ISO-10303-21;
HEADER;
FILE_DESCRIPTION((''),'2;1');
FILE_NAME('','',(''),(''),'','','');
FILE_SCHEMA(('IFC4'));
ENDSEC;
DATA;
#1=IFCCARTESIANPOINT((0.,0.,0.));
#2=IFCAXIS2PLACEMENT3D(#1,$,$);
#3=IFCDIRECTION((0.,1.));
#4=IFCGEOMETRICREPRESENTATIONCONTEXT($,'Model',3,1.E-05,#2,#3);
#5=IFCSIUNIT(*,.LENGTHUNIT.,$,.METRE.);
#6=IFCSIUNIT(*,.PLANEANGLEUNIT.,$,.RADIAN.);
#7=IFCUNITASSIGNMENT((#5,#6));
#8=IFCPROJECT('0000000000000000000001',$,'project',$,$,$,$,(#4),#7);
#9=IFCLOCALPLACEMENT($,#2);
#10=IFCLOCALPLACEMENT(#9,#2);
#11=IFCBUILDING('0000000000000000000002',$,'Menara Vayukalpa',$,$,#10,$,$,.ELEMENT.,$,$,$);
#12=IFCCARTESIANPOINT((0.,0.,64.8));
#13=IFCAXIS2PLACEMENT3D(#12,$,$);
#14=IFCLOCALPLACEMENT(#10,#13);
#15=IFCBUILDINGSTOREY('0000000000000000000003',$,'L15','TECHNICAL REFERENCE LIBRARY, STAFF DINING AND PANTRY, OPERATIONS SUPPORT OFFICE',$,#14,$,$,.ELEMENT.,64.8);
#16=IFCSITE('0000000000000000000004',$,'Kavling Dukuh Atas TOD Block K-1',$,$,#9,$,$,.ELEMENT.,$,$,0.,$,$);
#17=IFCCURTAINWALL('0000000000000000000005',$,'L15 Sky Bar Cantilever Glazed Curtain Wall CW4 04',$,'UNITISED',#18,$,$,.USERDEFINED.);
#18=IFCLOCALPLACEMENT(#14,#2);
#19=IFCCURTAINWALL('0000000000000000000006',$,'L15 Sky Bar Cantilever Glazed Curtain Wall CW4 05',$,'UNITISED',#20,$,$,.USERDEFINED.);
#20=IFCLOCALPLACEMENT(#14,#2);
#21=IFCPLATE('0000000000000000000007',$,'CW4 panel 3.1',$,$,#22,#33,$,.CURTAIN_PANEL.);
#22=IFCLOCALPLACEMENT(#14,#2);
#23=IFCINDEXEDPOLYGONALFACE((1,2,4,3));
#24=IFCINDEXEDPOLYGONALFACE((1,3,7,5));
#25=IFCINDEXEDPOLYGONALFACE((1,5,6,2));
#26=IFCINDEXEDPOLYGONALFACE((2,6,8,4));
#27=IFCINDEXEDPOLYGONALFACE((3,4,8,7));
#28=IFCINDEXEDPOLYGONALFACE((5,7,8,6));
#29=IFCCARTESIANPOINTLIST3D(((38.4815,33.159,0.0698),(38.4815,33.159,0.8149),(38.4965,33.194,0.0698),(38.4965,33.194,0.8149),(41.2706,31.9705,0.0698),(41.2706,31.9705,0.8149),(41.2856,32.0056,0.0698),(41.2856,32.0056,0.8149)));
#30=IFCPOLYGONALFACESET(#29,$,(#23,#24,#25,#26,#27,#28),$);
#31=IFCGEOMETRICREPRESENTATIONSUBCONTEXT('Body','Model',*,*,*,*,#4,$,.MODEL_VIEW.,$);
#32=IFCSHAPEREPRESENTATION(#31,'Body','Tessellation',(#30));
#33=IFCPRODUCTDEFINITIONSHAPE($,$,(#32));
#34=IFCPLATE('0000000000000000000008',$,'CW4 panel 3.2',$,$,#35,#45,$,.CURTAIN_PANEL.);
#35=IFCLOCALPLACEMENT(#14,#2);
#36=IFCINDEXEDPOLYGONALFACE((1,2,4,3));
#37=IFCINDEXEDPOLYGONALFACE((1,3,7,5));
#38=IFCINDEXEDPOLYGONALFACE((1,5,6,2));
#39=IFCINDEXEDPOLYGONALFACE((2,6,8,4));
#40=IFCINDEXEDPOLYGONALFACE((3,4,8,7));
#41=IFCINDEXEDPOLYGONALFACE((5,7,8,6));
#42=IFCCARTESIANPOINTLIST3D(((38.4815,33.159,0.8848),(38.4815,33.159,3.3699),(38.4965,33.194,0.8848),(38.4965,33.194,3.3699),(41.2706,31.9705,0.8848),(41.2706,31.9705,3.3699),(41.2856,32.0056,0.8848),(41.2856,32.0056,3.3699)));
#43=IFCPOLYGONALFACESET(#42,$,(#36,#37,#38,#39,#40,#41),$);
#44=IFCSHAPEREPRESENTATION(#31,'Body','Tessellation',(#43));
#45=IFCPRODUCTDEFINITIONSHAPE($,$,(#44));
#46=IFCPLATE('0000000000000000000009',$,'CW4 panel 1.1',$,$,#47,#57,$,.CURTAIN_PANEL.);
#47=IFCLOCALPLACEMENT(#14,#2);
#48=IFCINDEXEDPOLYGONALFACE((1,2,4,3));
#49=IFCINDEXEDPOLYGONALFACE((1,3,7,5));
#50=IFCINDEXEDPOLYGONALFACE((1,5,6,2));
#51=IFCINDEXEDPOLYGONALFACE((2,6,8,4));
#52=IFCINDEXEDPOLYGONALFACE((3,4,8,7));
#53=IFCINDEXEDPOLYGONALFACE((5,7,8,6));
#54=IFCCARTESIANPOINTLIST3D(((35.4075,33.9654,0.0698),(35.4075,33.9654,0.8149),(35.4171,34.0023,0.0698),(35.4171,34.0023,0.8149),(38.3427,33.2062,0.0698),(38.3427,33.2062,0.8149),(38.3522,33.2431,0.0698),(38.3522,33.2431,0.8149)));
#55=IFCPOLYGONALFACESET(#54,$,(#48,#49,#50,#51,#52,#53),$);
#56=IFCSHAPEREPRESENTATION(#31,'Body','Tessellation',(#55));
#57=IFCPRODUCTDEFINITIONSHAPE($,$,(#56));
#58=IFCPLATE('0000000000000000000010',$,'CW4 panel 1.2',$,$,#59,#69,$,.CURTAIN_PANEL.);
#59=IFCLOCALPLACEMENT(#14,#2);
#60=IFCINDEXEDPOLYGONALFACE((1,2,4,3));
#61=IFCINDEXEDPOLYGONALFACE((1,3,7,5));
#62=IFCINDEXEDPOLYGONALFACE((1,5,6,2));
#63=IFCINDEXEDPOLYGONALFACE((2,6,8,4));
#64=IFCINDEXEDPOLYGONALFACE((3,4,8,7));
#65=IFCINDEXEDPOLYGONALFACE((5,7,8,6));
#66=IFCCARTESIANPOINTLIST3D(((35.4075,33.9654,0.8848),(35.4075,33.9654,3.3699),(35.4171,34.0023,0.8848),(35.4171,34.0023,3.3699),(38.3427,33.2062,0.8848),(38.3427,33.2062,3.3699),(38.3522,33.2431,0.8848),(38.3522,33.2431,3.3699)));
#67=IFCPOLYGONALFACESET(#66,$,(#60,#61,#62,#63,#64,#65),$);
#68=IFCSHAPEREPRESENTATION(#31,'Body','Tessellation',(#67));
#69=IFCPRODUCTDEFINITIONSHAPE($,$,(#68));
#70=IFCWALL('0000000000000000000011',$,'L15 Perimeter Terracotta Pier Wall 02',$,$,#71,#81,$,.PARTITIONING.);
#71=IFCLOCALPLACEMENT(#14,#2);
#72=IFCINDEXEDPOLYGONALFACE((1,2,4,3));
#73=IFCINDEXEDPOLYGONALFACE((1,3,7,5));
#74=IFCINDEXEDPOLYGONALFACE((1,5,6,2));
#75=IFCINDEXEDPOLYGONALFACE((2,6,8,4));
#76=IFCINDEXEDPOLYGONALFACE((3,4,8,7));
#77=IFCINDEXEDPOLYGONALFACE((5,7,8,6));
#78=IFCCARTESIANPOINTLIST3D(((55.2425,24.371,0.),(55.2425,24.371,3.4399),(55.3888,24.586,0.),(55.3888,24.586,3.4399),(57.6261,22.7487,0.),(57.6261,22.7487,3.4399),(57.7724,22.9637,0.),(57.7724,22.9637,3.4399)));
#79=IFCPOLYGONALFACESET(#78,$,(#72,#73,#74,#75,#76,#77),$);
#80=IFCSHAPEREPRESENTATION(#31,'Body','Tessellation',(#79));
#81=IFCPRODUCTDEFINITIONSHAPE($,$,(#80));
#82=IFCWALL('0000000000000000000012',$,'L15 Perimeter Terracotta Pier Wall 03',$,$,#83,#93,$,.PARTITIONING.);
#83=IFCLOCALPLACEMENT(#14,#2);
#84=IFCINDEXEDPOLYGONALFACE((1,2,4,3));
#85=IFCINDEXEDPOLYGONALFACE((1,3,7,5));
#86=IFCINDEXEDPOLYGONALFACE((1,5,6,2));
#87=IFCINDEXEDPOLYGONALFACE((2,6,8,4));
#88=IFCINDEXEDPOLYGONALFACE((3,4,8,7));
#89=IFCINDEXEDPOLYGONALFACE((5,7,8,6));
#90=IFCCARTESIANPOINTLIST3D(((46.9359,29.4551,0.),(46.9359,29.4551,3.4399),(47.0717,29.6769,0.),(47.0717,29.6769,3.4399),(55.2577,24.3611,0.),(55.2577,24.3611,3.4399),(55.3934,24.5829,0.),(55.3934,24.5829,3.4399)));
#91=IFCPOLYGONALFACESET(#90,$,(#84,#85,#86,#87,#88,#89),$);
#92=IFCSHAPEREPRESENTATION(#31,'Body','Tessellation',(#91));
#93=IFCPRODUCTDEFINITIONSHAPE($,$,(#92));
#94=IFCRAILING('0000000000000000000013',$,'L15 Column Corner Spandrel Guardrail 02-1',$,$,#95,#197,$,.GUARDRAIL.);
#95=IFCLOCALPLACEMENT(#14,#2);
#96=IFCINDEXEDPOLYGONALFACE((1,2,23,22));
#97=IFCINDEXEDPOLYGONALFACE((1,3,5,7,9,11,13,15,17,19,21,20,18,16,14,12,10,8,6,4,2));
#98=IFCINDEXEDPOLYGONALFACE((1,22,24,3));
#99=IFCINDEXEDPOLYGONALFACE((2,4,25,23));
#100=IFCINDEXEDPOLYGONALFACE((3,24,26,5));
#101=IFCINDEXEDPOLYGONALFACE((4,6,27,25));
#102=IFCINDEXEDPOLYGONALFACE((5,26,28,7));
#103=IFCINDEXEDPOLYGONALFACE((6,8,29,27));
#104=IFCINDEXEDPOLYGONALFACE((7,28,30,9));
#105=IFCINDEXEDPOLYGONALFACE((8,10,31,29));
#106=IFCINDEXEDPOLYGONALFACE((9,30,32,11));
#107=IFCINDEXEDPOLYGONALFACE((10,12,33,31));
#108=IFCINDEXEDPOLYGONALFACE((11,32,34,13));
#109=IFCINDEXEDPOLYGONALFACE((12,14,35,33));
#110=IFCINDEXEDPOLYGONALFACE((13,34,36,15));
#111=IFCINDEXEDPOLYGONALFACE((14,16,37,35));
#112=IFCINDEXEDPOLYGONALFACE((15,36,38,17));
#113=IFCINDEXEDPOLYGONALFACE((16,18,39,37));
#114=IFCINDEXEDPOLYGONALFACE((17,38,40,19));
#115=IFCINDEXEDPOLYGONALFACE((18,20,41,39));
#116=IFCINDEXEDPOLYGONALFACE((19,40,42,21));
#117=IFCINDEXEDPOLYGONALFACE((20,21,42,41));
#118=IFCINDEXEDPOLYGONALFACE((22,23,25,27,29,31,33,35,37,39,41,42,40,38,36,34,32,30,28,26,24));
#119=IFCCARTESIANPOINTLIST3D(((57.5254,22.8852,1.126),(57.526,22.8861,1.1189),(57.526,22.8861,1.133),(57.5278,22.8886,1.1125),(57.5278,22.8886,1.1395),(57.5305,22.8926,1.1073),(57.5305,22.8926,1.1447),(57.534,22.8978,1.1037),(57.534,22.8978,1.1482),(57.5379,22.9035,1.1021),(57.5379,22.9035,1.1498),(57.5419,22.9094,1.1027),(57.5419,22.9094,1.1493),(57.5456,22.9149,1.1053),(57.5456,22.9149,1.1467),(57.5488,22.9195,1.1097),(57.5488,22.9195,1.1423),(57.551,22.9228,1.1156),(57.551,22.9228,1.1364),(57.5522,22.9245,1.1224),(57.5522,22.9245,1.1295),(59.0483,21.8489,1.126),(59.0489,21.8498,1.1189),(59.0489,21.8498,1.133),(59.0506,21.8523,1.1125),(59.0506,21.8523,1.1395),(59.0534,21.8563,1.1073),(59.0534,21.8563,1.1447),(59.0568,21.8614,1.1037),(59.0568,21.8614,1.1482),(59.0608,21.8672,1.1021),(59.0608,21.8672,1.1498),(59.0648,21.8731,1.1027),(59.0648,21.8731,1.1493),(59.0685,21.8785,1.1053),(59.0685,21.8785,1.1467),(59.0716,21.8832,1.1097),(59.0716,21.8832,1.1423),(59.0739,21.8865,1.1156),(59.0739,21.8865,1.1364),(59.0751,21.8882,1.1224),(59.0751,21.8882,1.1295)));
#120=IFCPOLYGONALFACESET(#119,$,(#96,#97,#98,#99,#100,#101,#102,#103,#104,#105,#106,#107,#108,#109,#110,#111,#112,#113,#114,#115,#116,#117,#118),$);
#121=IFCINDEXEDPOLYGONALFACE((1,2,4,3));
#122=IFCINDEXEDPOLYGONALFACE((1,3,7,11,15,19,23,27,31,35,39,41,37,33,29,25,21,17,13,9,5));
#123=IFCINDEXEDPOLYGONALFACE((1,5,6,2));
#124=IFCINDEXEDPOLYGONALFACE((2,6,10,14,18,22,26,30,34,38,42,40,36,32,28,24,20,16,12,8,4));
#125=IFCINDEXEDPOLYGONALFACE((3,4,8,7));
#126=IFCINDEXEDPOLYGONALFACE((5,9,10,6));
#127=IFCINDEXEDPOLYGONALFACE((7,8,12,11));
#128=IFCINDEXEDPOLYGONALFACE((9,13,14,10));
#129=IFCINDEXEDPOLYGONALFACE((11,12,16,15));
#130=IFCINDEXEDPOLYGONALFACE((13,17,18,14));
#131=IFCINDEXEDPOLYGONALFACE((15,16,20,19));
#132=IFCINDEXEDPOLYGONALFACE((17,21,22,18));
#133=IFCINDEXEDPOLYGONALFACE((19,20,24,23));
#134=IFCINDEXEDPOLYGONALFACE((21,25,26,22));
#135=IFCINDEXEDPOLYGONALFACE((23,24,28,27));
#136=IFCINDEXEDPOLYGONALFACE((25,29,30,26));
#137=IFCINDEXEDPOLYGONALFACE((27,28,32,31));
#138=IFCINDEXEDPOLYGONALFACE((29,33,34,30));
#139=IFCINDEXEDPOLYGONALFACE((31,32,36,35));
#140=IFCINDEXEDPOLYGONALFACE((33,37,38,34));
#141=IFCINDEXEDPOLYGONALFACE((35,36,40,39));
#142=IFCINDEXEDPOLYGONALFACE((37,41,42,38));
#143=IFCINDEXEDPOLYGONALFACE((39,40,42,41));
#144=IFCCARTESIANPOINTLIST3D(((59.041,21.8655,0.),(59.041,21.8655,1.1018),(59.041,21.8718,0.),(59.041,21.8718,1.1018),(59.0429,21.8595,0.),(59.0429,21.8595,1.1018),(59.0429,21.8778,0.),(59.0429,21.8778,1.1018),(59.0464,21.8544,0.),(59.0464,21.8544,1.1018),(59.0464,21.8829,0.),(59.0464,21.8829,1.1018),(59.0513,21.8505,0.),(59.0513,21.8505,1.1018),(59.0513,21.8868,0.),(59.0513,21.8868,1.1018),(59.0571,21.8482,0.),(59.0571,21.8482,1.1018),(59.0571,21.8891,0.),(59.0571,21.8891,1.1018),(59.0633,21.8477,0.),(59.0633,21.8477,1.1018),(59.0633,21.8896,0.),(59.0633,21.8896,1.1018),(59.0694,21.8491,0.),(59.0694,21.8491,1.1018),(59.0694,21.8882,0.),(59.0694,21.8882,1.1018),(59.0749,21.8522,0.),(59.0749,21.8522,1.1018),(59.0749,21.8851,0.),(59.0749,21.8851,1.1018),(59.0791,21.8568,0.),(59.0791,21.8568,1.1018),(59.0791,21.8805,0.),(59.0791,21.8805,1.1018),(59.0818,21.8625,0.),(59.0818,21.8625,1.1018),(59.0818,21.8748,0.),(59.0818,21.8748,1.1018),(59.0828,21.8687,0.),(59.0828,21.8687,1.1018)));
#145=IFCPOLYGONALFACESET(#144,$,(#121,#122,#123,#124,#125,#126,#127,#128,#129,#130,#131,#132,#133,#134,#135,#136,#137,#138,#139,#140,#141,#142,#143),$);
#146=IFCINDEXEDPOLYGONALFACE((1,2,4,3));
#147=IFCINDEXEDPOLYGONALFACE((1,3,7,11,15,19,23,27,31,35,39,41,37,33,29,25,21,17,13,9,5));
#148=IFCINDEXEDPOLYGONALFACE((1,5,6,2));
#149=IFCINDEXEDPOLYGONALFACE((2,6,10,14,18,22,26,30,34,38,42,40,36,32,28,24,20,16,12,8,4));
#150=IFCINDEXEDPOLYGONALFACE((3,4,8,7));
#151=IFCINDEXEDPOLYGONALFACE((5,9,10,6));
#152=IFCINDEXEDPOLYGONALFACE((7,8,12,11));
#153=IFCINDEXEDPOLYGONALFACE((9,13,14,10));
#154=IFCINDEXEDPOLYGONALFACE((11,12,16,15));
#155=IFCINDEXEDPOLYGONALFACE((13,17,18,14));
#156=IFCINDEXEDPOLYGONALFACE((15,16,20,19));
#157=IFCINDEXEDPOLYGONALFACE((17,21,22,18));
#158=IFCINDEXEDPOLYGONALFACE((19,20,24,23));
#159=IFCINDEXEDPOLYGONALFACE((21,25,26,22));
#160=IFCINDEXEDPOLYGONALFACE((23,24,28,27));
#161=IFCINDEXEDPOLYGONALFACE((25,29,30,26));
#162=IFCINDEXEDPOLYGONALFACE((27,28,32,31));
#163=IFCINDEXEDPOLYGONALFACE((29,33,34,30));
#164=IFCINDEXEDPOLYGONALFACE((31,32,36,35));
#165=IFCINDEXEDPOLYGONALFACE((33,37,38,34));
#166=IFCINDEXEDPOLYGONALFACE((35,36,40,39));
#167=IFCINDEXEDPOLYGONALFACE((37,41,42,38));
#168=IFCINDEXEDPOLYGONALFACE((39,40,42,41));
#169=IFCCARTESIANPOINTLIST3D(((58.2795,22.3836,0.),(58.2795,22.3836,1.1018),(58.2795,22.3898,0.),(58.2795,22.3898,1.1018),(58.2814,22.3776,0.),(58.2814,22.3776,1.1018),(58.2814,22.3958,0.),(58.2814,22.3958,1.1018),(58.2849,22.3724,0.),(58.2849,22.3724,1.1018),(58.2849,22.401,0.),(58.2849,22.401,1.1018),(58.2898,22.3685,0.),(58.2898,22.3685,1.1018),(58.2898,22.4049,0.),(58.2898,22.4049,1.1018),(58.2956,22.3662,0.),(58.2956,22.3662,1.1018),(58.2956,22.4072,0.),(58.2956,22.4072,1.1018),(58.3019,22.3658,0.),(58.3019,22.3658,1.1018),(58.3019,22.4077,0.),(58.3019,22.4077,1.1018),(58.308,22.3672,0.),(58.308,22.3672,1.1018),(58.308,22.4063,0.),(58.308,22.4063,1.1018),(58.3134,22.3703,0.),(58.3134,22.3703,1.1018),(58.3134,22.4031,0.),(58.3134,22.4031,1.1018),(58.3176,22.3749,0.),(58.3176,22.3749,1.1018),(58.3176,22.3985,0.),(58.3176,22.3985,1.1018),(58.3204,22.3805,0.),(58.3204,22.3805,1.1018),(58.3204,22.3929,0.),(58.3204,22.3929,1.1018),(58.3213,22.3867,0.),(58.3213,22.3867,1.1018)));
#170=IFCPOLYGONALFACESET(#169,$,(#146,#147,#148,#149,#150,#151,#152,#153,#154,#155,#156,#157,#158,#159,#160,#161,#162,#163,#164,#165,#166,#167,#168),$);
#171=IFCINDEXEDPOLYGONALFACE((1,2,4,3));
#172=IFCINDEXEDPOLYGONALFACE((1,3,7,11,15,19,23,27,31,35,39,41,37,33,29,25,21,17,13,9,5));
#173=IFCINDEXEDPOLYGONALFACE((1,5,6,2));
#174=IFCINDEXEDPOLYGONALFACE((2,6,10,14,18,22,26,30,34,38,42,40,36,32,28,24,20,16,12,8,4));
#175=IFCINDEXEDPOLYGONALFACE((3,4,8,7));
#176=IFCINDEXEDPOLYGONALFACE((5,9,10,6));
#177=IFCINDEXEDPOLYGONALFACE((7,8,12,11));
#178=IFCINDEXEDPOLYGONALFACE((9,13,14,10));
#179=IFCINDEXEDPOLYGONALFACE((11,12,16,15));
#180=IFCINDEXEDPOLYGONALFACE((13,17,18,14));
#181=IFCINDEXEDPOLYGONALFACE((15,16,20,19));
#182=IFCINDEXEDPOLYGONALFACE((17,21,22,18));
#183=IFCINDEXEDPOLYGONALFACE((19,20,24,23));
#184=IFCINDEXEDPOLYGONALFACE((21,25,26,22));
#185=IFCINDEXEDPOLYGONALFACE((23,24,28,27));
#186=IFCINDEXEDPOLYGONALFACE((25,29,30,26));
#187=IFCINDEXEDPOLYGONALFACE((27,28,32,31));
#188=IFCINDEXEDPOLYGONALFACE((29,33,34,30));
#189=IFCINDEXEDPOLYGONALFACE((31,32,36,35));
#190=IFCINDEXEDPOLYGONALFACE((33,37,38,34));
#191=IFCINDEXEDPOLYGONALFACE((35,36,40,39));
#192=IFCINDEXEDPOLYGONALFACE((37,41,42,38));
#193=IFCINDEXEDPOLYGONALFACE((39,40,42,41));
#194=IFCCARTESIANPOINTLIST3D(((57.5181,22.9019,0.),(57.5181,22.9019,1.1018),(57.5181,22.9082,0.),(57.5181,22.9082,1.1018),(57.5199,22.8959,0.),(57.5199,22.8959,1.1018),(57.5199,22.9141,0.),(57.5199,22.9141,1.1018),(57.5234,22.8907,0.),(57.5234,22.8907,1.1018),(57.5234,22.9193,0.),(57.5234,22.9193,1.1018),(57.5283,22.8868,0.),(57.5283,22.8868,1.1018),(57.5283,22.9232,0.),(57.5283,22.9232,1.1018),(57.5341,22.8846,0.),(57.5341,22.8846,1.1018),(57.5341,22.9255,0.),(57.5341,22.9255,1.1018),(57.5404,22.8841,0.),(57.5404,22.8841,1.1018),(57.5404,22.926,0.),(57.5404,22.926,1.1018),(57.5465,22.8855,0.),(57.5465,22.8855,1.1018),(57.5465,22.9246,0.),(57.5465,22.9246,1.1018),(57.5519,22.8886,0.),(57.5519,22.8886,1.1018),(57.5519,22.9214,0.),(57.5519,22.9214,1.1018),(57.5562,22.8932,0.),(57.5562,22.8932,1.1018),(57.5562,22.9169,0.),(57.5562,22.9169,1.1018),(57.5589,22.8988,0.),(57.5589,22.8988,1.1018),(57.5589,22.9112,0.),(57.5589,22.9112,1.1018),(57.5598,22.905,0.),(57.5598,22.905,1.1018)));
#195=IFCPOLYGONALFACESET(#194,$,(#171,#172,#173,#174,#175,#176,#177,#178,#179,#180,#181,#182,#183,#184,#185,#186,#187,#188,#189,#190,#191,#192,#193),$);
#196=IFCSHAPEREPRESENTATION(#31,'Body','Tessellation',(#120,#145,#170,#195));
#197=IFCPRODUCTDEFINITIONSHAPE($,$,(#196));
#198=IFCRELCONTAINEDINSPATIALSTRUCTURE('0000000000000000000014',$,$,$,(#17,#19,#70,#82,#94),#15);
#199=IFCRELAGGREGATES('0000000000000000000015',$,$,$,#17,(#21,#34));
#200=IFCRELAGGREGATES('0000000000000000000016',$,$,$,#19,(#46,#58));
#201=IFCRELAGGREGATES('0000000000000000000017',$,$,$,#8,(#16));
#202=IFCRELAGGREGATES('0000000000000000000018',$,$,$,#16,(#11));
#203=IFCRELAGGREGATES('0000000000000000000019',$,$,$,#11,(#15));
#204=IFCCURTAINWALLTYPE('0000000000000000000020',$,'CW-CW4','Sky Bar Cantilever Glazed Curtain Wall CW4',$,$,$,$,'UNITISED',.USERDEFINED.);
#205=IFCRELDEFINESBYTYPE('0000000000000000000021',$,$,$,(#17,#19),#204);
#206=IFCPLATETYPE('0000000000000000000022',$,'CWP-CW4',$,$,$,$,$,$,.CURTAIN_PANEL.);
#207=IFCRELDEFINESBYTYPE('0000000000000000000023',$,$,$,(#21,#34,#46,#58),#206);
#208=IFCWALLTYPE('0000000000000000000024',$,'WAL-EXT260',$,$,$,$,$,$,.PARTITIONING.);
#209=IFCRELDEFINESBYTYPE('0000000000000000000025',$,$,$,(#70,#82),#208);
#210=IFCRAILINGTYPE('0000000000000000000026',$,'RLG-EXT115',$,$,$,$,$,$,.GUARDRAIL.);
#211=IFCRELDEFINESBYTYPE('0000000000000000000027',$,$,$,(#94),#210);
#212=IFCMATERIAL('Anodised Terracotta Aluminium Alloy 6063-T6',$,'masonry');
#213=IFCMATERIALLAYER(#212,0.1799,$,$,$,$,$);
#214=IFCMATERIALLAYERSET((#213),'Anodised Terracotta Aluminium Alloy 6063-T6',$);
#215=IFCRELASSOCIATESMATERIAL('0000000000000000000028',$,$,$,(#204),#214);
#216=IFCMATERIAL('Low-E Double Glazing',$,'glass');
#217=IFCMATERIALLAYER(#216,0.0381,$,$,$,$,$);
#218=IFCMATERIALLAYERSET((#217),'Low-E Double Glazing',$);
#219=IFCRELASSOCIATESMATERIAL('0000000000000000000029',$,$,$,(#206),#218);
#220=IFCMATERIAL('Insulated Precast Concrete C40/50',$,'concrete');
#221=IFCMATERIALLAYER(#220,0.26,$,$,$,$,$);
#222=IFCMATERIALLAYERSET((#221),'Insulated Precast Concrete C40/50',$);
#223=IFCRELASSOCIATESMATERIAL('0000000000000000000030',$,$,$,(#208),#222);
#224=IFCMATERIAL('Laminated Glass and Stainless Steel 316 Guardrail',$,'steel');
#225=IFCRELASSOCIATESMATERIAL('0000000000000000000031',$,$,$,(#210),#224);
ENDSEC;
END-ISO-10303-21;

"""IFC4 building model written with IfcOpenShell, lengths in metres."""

from ifc_helpers import new_model, si_unit, direction, frame, frame_2d, origin, origin_2d, place, context, subcontext, project, spatial, rectangle, circle, extrude, material, layer, layer_set, type_object, element, aggregate, save


model = new_model("IFC4")

# Units and contexts
model_context = context("Model", 3, precision=1e-05, world=origin(), true_north=direction((0.0, 1.0)))
body_context = subcontext(model_context, "Body", "Model", "MODEL_VIEW")
ifc_project = project(units=[si_unit("LENGTHUNIT", "METRE"), si_unit("PLANEANGLEUNIT", "RADIAN")], contexts=[model_context])

# Site, building, storey
site_placement = place(None, origin())
site = spatial("IfcSite", under=ifc_project, at=site_placement, Name="Kavling Dukuh Atas TOD Block K-1", CompositionType="ELEMENT", RefElevation=0.0)
building_placement = place(site_placement, origin())
building = spatial("IfcBuilding", under=site, at=building_placement, Name="Menara Vayukalpa", CompositionType="ELEMENT")
storey_placement = place(building_placement, frame((0.0, 0.0, 64.8)))
storey = spatial("IfcBuildingStorey", under=building, at=storey_placement, Name="L15", Description="TECHNICAL REFERENCE LIBRARY, STAFF DINING AND PANTRY, OPERATIONS SUPPORT OFFICE", CompositionType="ELEMENT", Elevation=64.8)

# Curtain walls
ifc_material_1 = material(Name="Anodised Terracotta Aluminium Alloy 6063-T6", Category="masonry")
ifc_layer_1 = layer(ifc_material_1, 0.1799)
ifc_layer_set_1 = layer_set([ifc_layer_1], Name="Anodised Terracotta Aluminium Alloy 6063-T6")
curtain_wall_type = type_object("IfcCurtainWallType", Name="CW-CW4", Description="Sky Bar Cantilever Glazed Curtain Wall CW4", ElementType="UNITISED", PredefinedType="USERDEFINED", material=ifc_layer_set_1)
curtain_wall_1_placement = place(storey_placement, origin())
curtain_wall_1 = element("IfcCurtainWall", 1, at=curtain_wall_1_placement, inside=storey, type_object=curtain_wall_type, Name="L15 Sky Bar Cantilever Glazed Curtain Wall CW4 04", ObjectType="UNITISED", PredefinedType="USERDEFINED")
curtain_wall_2_placement = place(storey_placement, origin())
curtain_wall_2 = element("IfcCurtainWall", 2, at=curtain_wall_2_placement, inside=storey, type_object=curtain_wall_type, Name="L15 Sky Bar Cantilever Glazed Curtain Wall CW4 05", ObjectType="UNITISED", PredefinedType="USERDEFINED")

# Plates
ifc_material_2 = material(Name="Low-E Double Glazing", Category="glass")
ifc_layer_2 = layer(ifc_material_2, 0.0381)
ifc_layer_set_2 = layer_set([ifc_layer_2], Name="Low-E Double Glazing")
plate_type = type_object("IfcPlateType", Name="CWP-CW4", PredefinedType="CURTAIN_PANEL", material=ifc_layer_set_2)
plate_1_placement = place(storey_placement, frame((39.8835, 32.5823, 0.0698), z_axis=(0.0, 0.0, 1.0), x_axis=(-0.919962, 0.392008, 0.0)))
plate_1 = element("IfcPlate", 3, at=plate_1_placement, type_object=plate_type, Name="CW4 panel 3.1", PredefinedType="CURTAIN_PANEL", context=body_context, shape_type="SweptSolid", body=[
    extrude(rectangle(XDim=3.0317, YDim=0.0381, at=origin_2d()), origin(), (0.0, 0.0, 1.0), 0.7451),
])
plate_2_placement = place(storey_placement, frame((39.8835, 32.5823, 0.8848), z_axis=(0.0, 0.0, 1.0), x_axis=(-0.919962, 0.392008, 0.0)))
plate_2 = element("IfcPlate", 4, at=plate_2_placement, type_object=plate_type, Name="CW4 panel 3.2", PredefinedType="CURTAIN_PANEL", context=body_context, shape_type="SweptSolid", body=[
    extrude(rectangle(XDim=3.0317, YDim=0.0381, at=origin_2d()), origin(), (0.0, 0.0, 1.0), 2.4851),
])
aggregate(curtain_wall_1, [plate_1, plate_2])
plate_3_placement = place(storey_placement, frame((36.8799, 33.6042, 0.0698), z_axis=(0.0, 0.0, 1.0), x_axis=(-0.968142, 0.250403, 0.0)))
plate_3 = element("IfcPlate", 5, at=plate_3_placement, type_object=plate_type, Name="CW4 panel 1.1", PredefinedType="CURTAIN_PANEL", context=body_context, shape_type="SweptSolid", body=[
    extrude(rectangle(XDim=3.0317, YDim=0.0381, at=origin_2d()), origin(), (0.0, 0.0, 1.0), 0.7451),
])
plate_4_placement = place(storey_placement, frame((36.8799, 33.6042, 0.8848), z_axis=(0.0, 0.0, 1.0), x_axis=(-0.968142, 0.250403, 0.0)))
plate_4 = element("IfcPlate", 6, at=plate_4_placement, type_object=plate_type, Name="CW4 panel 1.2", PredefinedType="CURTAIN_PANEL", context=body_context, shape_type="SweptSolid", body=[
    extrude(rectangle(XDim=3.0317, YDim=0.0381, at=origin_2d()), origin(), (0.0, 0.0, 1.0), 2.4851),
])
aggregate(curtain_wall_2, [plate_3, plate_4])

# Walls
ifc_material_3 = material(Name="Insulated Precast Concrete C40/50", Category="concrete")
ifc_layer_3 = layer(ifc_material_3, 0.26)
ifc_layer_set_3 = layer_set([ifc_layer_3], Name="Insulated Precast Concrete C40/50")
wall_type = type_object("IfcWallType", Name="WAL-EXT260", PredefinedType="PARTITIONING", material=ifc_layer_set_3)
wall_1_placement = place(storey_placement, frame((55.3157, 24.4785, 0.0), z_axis=(0.0, 0.0, 1.0), x_axis=(0.826684, -0.562667, 0.0)))
element("IfcWall", 7, at=wall_1_placement, inside=storey, type_object=wall_type, Name="L15 Perimeter Terracotta Pier Wall 02", PredefinedType="PARTITIONING", context=body_context, shape_type="SweptSolid", body=[
    extrude(rectangle(XDim=2.8833, YDim=0.26, at=frame_2d((1.4417, 0.0))), origin(), (0.0, 0.0, 1.0), 3.4399),
])
wall_2_placement = place(storey_placement, frame((47.0039, 29.5659, 0.0), z_axis=(0.0, 0.0, 1.0), x_axis=(0.852896, -0.522081, 0.0)))
element("IfcWall", 8, at=wall_2_placement, inside=storey, type_object=wall_type, Name="L15 Perimeter Terracotta Pier Wall 03", PredefinedType="PARTITIONING", context=body_context, shape_type="SweptSolid", body=[
    extrude(rectangle(XDim=9.7571, YDim=0.26, at=frame_2d((4.8784, 0.0))), origin(), (0.0, 0.0, 1.0), 3.4399),
])

# Railing
ifc_material_4 = material(Name="Laminated Glass and Stainless Steel 316 Guardrail", Category="steel")
railing_type = type_object("IfcRailingType", Name="RLG-EXT115", PredefinedType="GUARDRAIL", material=ifc_material_4)
railing_placement = place(storey_placement, frame((59.0618, 21.8687, 0.0)))
element("IfcRailing", 9, at=railing_placement, inside=storey, type_object=railing_type, Name="L15 Column Corner Spandrel Guardrail 02-1", PredefinedType="GUARDRAIL", context=body_context, shape_type="SweptSolid", body=[
    extrude(circle(Radius=0.0239, at=origin_2d()), frame((0.0, 0.0, 1.126), z_axis=(-0.826732, 0.562596, 0.0), x_axis=(-0.562596, -0.826732, 0.0)), (0.0, 0.0, 1.0), 1.842),
    extrude(circle(Radius=0.021, at=origin_2d()), origin(), (0.0, 0.0, 1.0), 1.1018),
    extrude(circle(Radius=0.021, at=origin_2d()), frame((-0.7615, 0.5181, 0.0)), (0.0, 0.0, 1.0), 1.1018),
    extrude(circle(Radius=0.021, at=origin_2d()), frame((-1.5229, 1.0364, 0.0)), (0.0, 0.0, 1.0), 1.1018),
])

save(model, "model.ifc")
